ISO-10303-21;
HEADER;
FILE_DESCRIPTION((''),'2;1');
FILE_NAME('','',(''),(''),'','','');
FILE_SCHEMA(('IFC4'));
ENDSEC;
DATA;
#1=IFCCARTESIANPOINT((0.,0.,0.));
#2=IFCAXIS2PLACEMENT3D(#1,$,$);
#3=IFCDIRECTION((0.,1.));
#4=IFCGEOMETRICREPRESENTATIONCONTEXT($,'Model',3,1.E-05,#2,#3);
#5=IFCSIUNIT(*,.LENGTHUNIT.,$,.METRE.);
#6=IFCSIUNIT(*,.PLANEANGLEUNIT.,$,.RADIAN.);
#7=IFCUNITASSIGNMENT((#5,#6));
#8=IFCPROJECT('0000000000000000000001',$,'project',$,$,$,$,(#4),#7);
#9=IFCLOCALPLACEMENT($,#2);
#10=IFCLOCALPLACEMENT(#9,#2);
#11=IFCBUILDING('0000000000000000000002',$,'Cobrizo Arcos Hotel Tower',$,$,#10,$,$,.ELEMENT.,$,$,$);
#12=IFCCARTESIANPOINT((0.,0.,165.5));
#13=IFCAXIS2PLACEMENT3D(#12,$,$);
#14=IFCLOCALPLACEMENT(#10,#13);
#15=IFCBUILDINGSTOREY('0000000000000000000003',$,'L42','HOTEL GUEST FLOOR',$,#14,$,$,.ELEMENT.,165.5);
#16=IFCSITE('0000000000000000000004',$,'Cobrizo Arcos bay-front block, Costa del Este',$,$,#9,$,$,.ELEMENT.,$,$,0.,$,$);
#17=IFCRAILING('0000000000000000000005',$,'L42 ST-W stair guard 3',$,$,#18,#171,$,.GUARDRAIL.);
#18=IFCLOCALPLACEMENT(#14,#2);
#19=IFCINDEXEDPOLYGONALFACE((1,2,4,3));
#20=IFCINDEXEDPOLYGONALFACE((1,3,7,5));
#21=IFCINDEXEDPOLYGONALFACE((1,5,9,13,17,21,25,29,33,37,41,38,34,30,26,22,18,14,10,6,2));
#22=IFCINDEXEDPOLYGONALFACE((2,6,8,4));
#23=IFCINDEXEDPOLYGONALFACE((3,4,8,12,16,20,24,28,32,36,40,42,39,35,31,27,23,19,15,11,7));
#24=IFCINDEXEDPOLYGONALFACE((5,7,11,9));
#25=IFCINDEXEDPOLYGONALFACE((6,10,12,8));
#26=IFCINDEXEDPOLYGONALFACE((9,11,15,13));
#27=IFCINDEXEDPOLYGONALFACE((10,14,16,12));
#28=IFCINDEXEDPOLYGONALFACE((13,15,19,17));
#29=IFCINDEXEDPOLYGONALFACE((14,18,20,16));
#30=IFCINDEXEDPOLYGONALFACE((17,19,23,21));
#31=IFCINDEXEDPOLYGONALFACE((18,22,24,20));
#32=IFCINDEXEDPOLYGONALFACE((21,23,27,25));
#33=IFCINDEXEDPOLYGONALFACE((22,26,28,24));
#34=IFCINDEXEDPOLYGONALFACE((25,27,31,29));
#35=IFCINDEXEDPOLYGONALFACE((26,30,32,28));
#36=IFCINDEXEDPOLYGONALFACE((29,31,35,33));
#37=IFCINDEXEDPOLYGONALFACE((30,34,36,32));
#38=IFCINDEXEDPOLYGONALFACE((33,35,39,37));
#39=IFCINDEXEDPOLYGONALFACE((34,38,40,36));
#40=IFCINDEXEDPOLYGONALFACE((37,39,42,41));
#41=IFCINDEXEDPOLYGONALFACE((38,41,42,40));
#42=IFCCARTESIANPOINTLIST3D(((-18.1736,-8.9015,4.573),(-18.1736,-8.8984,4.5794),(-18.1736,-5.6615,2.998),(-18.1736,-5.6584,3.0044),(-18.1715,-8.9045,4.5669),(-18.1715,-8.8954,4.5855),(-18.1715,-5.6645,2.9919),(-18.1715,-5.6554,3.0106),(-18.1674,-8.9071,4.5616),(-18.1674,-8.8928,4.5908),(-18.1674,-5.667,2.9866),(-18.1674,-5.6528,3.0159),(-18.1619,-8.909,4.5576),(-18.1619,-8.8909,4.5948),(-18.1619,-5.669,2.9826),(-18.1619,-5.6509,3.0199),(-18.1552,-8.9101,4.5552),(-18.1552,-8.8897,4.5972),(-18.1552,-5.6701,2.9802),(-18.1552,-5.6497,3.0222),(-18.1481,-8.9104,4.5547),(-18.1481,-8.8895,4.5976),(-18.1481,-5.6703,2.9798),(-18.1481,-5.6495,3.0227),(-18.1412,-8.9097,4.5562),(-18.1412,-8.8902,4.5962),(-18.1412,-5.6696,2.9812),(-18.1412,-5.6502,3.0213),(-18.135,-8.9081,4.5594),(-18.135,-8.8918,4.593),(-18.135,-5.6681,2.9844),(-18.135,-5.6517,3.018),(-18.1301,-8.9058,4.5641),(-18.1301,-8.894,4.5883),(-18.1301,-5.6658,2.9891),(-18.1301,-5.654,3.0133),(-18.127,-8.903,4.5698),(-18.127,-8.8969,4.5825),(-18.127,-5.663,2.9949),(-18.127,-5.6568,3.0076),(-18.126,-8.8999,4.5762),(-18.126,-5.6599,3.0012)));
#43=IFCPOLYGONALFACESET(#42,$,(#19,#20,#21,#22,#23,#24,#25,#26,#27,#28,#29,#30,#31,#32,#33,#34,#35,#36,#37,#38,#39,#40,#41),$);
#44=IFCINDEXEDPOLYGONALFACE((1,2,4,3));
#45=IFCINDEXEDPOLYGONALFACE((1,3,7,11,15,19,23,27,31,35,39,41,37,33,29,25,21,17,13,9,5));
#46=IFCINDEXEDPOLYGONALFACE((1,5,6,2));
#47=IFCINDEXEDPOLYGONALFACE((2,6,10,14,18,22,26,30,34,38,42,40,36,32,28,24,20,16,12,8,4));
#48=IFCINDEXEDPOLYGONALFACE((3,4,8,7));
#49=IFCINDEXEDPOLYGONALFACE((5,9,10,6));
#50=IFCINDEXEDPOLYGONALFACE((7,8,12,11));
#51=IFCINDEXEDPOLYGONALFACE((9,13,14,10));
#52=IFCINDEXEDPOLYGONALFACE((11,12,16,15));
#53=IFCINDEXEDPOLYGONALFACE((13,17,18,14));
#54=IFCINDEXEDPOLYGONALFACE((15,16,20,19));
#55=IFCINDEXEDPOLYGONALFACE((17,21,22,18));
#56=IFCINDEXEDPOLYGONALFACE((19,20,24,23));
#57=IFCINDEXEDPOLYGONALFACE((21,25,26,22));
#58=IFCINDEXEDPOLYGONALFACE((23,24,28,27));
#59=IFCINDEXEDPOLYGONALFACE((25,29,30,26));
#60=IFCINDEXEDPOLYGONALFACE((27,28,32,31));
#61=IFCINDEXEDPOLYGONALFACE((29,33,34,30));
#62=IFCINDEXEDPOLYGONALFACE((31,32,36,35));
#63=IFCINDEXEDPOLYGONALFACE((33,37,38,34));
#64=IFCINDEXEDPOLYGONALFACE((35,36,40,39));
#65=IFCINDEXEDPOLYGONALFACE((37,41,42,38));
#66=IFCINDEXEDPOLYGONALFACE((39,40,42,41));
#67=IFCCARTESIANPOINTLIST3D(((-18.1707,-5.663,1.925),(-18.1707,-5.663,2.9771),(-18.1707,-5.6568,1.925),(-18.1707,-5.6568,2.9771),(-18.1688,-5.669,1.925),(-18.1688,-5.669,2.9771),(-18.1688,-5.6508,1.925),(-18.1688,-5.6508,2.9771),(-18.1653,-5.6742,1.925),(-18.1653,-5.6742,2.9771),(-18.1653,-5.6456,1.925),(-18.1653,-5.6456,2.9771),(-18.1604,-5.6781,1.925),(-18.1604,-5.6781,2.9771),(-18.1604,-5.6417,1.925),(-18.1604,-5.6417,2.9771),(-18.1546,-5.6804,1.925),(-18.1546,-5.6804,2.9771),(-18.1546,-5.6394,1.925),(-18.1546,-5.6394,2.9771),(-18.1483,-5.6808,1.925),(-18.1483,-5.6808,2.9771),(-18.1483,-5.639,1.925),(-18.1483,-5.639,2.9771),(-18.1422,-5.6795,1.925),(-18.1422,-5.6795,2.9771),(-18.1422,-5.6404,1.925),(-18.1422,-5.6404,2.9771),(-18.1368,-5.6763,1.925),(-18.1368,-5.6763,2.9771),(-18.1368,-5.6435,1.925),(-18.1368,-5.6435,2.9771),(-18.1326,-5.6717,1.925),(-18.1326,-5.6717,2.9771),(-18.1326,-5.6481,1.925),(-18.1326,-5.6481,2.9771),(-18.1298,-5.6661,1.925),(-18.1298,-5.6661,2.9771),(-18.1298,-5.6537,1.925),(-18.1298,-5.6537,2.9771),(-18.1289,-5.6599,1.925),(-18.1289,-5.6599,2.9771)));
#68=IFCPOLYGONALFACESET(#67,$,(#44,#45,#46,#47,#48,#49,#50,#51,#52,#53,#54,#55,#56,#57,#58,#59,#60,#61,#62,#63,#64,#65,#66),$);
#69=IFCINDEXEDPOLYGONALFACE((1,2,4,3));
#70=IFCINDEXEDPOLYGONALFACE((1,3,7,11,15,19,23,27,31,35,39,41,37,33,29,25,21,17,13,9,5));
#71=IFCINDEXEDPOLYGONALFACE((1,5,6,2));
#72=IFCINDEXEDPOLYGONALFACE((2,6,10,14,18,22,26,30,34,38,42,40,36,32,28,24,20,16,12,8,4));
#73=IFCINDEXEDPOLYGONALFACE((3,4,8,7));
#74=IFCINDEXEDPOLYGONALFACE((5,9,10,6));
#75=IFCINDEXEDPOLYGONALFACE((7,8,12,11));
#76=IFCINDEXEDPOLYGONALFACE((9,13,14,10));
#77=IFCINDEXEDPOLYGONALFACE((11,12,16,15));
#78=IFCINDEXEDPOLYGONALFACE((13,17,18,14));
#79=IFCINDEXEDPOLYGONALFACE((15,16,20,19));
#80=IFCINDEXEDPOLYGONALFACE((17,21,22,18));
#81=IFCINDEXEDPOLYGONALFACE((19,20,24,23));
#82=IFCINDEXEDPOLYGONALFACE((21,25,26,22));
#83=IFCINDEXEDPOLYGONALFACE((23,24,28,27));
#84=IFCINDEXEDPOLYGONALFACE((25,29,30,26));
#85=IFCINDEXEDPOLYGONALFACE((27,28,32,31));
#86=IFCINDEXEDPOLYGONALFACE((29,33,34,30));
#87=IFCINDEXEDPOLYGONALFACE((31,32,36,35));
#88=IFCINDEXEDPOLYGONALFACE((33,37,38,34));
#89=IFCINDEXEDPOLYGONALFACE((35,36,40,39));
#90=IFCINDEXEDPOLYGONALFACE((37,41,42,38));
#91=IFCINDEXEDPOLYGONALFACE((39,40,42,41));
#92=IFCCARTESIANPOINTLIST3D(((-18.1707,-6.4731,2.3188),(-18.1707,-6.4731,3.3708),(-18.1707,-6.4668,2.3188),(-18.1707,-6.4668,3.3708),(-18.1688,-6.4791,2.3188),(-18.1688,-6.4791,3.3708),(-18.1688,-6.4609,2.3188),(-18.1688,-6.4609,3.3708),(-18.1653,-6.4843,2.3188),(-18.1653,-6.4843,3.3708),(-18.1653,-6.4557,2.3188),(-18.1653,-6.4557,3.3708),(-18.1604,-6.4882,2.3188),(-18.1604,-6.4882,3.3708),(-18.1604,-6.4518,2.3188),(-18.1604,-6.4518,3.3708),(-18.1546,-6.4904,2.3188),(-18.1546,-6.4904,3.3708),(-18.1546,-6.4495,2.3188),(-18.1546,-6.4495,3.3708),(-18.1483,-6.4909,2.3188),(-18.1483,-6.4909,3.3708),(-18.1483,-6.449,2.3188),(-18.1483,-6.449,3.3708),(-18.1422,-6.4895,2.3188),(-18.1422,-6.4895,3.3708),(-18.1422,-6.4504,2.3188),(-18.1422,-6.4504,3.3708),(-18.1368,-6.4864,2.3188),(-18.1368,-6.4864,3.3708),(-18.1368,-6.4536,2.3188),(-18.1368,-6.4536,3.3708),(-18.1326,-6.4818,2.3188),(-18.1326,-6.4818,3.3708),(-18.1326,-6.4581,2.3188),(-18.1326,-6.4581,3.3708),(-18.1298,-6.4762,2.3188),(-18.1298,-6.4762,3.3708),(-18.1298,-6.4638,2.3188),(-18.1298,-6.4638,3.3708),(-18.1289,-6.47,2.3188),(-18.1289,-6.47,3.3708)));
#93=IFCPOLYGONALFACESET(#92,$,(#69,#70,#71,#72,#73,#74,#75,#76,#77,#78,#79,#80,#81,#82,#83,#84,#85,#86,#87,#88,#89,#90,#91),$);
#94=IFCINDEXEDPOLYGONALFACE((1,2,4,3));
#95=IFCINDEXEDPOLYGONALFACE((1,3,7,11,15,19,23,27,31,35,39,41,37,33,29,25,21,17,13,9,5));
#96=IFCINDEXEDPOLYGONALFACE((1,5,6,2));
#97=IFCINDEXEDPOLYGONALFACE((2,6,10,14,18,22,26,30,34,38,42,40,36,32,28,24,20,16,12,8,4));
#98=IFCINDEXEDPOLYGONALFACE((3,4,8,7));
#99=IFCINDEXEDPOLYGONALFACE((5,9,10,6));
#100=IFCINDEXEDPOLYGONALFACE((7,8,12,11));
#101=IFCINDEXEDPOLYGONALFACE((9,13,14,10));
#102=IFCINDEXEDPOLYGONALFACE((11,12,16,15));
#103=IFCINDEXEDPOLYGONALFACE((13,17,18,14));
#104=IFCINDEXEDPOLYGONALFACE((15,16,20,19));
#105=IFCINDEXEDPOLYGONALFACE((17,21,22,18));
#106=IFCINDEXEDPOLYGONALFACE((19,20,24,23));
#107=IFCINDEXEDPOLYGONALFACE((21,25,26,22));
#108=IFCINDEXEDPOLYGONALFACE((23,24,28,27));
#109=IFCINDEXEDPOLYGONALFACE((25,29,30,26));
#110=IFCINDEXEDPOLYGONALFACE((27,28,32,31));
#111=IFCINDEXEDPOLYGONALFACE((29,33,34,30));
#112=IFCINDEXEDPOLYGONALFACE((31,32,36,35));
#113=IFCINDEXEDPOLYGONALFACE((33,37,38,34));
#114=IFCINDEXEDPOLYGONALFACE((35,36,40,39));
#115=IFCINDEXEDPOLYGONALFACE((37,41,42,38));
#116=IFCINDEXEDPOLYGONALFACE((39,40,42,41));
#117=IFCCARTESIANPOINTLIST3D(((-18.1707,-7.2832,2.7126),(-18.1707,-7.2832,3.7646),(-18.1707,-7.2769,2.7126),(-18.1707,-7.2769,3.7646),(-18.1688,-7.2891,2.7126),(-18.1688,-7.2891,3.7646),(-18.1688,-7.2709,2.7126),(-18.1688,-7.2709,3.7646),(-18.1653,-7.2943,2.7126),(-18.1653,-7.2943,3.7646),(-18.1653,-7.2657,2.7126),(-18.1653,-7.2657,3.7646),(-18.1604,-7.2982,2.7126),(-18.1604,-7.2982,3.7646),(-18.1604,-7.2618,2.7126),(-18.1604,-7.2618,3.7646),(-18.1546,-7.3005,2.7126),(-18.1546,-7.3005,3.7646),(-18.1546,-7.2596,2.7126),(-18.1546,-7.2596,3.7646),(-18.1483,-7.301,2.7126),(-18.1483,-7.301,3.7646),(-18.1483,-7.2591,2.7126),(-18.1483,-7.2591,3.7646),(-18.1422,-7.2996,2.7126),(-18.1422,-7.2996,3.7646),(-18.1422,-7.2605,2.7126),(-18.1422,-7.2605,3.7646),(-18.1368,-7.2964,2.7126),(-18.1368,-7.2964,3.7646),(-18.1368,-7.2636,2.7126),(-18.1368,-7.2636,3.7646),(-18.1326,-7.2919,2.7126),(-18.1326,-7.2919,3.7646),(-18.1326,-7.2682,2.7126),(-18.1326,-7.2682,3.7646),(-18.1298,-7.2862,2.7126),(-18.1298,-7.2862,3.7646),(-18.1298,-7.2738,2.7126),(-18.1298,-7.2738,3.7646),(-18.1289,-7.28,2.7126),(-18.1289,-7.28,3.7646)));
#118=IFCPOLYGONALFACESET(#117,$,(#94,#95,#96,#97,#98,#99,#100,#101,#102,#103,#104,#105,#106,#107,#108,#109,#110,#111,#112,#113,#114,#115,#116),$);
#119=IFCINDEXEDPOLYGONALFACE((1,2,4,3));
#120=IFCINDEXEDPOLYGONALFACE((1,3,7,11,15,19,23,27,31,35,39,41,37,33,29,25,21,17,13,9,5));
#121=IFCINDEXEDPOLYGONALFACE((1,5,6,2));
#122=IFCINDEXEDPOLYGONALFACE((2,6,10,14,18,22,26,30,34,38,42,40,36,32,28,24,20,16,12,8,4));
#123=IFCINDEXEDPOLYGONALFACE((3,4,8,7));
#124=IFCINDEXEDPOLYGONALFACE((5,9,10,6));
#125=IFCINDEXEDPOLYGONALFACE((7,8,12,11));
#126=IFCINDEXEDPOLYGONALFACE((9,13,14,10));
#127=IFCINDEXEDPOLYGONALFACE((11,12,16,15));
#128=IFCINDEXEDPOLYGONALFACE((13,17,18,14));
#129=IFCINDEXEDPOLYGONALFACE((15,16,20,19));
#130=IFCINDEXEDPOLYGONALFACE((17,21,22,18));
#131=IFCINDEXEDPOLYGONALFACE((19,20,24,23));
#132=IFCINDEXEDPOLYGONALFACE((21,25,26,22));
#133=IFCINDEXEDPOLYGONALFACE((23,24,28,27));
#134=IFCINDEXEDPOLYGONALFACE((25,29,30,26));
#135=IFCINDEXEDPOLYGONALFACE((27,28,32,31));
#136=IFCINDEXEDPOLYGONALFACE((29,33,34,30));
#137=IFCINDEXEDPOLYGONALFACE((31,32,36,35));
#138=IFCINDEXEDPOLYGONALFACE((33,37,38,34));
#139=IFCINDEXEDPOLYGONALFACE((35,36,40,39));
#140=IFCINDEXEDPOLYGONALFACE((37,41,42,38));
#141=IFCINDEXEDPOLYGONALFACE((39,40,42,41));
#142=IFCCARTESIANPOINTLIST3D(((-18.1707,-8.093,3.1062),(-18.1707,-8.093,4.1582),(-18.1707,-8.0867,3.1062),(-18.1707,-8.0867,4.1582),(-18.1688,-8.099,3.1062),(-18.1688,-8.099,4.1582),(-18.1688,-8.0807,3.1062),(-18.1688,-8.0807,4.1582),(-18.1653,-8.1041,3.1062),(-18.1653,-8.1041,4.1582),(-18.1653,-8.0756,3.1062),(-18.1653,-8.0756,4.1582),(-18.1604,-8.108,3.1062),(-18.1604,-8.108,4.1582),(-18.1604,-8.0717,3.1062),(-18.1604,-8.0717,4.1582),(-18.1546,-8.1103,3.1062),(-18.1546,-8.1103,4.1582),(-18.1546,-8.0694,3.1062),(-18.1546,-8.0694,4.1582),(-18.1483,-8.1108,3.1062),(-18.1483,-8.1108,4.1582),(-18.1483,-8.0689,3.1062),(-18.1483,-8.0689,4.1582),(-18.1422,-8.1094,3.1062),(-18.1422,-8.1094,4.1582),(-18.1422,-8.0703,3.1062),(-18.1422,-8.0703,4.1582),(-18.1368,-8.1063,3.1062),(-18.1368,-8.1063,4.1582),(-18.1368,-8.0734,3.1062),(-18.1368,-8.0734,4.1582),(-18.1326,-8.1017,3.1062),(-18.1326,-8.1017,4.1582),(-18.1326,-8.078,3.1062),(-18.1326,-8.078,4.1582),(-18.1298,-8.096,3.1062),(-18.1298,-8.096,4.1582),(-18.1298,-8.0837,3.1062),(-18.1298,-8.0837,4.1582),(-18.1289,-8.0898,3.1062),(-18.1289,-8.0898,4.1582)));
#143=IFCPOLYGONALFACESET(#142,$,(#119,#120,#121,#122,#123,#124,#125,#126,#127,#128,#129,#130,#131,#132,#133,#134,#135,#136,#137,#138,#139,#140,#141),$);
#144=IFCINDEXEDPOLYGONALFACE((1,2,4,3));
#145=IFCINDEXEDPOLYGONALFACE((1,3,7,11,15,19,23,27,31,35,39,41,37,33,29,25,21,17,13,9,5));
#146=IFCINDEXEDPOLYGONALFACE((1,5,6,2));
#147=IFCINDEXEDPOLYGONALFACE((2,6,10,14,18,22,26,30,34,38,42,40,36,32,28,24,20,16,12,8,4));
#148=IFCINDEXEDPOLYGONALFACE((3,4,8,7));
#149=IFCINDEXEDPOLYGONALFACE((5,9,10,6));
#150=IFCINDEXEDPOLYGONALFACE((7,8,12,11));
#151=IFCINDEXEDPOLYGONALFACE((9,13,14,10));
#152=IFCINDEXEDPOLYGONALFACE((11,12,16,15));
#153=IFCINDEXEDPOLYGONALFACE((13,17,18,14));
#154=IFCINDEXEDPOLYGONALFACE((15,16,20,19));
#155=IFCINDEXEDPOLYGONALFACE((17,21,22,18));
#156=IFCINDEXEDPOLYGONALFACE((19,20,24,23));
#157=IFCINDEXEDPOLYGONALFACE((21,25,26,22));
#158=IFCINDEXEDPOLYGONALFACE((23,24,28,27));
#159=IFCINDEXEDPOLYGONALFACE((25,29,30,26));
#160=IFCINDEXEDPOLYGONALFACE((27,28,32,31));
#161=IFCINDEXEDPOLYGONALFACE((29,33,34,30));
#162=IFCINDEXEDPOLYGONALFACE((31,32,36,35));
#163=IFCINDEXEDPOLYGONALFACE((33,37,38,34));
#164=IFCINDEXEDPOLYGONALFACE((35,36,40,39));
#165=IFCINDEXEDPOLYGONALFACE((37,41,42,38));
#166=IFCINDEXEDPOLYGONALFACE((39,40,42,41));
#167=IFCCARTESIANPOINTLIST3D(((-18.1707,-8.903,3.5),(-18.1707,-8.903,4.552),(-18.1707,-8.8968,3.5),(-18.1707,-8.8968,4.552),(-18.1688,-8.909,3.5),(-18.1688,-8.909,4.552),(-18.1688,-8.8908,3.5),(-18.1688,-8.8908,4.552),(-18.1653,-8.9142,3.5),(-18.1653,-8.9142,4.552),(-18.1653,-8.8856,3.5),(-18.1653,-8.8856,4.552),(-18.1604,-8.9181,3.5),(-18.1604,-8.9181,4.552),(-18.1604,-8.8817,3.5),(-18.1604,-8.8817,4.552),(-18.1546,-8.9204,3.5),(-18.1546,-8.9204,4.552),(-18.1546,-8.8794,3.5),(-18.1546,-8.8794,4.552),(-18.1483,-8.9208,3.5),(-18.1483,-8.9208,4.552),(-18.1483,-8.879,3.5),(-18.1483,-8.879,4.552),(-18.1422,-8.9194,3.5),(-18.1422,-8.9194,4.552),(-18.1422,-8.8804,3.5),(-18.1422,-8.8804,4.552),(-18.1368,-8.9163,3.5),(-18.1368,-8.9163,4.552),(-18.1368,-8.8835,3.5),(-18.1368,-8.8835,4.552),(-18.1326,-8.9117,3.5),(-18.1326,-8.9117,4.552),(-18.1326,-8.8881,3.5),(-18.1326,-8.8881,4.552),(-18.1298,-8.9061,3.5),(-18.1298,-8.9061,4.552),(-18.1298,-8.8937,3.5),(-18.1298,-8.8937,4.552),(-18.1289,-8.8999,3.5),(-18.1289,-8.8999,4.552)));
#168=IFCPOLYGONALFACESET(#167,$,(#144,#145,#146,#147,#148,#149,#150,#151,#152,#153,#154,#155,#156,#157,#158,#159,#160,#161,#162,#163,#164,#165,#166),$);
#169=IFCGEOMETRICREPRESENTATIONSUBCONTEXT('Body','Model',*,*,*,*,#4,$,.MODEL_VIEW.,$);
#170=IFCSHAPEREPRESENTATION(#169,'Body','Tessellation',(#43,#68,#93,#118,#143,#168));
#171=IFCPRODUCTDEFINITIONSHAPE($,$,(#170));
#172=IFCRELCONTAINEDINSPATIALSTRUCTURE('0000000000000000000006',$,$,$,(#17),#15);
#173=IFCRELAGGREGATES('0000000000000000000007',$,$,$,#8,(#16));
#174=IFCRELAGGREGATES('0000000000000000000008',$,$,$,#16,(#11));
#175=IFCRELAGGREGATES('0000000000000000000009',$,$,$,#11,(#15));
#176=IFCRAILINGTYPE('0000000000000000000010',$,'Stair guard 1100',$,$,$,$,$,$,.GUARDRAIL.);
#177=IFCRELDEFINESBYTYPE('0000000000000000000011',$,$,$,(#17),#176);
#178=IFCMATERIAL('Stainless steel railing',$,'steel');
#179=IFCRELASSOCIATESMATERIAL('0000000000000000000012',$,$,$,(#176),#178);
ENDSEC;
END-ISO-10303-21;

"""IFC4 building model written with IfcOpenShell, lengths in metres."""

from ifc_helpers import new_model, si_unit, direction, frame, origin, origin_2d, place, context, subcontext, project, spatial, circle, extrude, material, type_object, element, save


model = new_model("IFC4")

# Units and contexts
model_context = context("Model", 3, precision=1e-05, world=origin(), true_north=direction((0.0, 1.0)))
body_context = subcontext(model_context, "Body", "Model", "MODEL_VIEW")
ifc_project = project(units=[si_unit("LENGTHUNIT", "METRE"), si_unit("PLANEANGLEUNIT", "RADIAN")], contexts=[model_context])

# Site, building, storey
site_placement = place(None, origin())
site = spatial("IfcSite", under=ifc_project, at=site_placement, Name="Cobrizo Arcos bay-front block, Costa del Este", CompositionType="ELEMENT", RefElevation=0.0)
building_placement = place(site_placement, origin())
building = spatial("IfcBuilding", under=site, at=building_placement, Name="Cobrizo Arcos Hotel Tower", CompositionType="ELEMENT")
storey_placement = place(building_placement, frame((0.0, 0.0, 165.5)))
storey = spatial("IfcBuildingStorey", under=building, at=storey_placement, Name="L42", Description="HOTEL GUEST FLOOR", CompositionType="ELEMENT", Elevation=165.5)

# Railing
ifc_material_1 = material(Name="Stainless steel railing", Category="steel")
railing_type_1 = type_object("IfcRailingType", Name="Stair guard 1100", PredefinedType="GUARDRAIL", material=ifc_material_1)
railing_1_placement = place(storey_placement, frame((-18.1499, -5.6599, 1.925)))
element("IfcRailing", 1, at=railing_1_placement, inside=storey, type_object=railing_type_1, Name="L42 ST-W stair guard 3", PredefinedType="GUARDRAIL", context=body_context, shape_type="SweptSolid", body=[
    extrude(circle(Radius=0.0239, at=origin_2d()), frame((0.0, 0.0, 1.0762), z_axis=(0.0, -0.899373, 0.437183), x_axis=(1.0, 0.0, 0.0)), (0.0, 0.0, 1.0), 3.6025),
    extrude(circle(Radius=0.021, at=origin_2d()), origin(), (0.0, 0.0, 1.0), 1.052),
    extrude(circle(Radius=0.021, at=origin_2d()), frame((0.0, -0.8101, 0.3938)), (0.0, 0.0, 1.0), 1.052),
    extrude(circle(Radius=0.021, at=origin_2d()), frame((0.0, -1.6201, 0.7876)), (0.0, 0.0, 1.0), 1.052),
    extrude(circle(Radius=0.021, at=origin_2d()), frame((0.0, -2.4299, 1.1812)), (0.0, 0.0, 1.0), 1.052),
    extrude(circle(Radius=0.021, at=origin_2d()), frame((0.0, -3.24, 1.575)), (0.0, 0.0, 1.0), 1.052),
])

save(model, "model.ifc")
